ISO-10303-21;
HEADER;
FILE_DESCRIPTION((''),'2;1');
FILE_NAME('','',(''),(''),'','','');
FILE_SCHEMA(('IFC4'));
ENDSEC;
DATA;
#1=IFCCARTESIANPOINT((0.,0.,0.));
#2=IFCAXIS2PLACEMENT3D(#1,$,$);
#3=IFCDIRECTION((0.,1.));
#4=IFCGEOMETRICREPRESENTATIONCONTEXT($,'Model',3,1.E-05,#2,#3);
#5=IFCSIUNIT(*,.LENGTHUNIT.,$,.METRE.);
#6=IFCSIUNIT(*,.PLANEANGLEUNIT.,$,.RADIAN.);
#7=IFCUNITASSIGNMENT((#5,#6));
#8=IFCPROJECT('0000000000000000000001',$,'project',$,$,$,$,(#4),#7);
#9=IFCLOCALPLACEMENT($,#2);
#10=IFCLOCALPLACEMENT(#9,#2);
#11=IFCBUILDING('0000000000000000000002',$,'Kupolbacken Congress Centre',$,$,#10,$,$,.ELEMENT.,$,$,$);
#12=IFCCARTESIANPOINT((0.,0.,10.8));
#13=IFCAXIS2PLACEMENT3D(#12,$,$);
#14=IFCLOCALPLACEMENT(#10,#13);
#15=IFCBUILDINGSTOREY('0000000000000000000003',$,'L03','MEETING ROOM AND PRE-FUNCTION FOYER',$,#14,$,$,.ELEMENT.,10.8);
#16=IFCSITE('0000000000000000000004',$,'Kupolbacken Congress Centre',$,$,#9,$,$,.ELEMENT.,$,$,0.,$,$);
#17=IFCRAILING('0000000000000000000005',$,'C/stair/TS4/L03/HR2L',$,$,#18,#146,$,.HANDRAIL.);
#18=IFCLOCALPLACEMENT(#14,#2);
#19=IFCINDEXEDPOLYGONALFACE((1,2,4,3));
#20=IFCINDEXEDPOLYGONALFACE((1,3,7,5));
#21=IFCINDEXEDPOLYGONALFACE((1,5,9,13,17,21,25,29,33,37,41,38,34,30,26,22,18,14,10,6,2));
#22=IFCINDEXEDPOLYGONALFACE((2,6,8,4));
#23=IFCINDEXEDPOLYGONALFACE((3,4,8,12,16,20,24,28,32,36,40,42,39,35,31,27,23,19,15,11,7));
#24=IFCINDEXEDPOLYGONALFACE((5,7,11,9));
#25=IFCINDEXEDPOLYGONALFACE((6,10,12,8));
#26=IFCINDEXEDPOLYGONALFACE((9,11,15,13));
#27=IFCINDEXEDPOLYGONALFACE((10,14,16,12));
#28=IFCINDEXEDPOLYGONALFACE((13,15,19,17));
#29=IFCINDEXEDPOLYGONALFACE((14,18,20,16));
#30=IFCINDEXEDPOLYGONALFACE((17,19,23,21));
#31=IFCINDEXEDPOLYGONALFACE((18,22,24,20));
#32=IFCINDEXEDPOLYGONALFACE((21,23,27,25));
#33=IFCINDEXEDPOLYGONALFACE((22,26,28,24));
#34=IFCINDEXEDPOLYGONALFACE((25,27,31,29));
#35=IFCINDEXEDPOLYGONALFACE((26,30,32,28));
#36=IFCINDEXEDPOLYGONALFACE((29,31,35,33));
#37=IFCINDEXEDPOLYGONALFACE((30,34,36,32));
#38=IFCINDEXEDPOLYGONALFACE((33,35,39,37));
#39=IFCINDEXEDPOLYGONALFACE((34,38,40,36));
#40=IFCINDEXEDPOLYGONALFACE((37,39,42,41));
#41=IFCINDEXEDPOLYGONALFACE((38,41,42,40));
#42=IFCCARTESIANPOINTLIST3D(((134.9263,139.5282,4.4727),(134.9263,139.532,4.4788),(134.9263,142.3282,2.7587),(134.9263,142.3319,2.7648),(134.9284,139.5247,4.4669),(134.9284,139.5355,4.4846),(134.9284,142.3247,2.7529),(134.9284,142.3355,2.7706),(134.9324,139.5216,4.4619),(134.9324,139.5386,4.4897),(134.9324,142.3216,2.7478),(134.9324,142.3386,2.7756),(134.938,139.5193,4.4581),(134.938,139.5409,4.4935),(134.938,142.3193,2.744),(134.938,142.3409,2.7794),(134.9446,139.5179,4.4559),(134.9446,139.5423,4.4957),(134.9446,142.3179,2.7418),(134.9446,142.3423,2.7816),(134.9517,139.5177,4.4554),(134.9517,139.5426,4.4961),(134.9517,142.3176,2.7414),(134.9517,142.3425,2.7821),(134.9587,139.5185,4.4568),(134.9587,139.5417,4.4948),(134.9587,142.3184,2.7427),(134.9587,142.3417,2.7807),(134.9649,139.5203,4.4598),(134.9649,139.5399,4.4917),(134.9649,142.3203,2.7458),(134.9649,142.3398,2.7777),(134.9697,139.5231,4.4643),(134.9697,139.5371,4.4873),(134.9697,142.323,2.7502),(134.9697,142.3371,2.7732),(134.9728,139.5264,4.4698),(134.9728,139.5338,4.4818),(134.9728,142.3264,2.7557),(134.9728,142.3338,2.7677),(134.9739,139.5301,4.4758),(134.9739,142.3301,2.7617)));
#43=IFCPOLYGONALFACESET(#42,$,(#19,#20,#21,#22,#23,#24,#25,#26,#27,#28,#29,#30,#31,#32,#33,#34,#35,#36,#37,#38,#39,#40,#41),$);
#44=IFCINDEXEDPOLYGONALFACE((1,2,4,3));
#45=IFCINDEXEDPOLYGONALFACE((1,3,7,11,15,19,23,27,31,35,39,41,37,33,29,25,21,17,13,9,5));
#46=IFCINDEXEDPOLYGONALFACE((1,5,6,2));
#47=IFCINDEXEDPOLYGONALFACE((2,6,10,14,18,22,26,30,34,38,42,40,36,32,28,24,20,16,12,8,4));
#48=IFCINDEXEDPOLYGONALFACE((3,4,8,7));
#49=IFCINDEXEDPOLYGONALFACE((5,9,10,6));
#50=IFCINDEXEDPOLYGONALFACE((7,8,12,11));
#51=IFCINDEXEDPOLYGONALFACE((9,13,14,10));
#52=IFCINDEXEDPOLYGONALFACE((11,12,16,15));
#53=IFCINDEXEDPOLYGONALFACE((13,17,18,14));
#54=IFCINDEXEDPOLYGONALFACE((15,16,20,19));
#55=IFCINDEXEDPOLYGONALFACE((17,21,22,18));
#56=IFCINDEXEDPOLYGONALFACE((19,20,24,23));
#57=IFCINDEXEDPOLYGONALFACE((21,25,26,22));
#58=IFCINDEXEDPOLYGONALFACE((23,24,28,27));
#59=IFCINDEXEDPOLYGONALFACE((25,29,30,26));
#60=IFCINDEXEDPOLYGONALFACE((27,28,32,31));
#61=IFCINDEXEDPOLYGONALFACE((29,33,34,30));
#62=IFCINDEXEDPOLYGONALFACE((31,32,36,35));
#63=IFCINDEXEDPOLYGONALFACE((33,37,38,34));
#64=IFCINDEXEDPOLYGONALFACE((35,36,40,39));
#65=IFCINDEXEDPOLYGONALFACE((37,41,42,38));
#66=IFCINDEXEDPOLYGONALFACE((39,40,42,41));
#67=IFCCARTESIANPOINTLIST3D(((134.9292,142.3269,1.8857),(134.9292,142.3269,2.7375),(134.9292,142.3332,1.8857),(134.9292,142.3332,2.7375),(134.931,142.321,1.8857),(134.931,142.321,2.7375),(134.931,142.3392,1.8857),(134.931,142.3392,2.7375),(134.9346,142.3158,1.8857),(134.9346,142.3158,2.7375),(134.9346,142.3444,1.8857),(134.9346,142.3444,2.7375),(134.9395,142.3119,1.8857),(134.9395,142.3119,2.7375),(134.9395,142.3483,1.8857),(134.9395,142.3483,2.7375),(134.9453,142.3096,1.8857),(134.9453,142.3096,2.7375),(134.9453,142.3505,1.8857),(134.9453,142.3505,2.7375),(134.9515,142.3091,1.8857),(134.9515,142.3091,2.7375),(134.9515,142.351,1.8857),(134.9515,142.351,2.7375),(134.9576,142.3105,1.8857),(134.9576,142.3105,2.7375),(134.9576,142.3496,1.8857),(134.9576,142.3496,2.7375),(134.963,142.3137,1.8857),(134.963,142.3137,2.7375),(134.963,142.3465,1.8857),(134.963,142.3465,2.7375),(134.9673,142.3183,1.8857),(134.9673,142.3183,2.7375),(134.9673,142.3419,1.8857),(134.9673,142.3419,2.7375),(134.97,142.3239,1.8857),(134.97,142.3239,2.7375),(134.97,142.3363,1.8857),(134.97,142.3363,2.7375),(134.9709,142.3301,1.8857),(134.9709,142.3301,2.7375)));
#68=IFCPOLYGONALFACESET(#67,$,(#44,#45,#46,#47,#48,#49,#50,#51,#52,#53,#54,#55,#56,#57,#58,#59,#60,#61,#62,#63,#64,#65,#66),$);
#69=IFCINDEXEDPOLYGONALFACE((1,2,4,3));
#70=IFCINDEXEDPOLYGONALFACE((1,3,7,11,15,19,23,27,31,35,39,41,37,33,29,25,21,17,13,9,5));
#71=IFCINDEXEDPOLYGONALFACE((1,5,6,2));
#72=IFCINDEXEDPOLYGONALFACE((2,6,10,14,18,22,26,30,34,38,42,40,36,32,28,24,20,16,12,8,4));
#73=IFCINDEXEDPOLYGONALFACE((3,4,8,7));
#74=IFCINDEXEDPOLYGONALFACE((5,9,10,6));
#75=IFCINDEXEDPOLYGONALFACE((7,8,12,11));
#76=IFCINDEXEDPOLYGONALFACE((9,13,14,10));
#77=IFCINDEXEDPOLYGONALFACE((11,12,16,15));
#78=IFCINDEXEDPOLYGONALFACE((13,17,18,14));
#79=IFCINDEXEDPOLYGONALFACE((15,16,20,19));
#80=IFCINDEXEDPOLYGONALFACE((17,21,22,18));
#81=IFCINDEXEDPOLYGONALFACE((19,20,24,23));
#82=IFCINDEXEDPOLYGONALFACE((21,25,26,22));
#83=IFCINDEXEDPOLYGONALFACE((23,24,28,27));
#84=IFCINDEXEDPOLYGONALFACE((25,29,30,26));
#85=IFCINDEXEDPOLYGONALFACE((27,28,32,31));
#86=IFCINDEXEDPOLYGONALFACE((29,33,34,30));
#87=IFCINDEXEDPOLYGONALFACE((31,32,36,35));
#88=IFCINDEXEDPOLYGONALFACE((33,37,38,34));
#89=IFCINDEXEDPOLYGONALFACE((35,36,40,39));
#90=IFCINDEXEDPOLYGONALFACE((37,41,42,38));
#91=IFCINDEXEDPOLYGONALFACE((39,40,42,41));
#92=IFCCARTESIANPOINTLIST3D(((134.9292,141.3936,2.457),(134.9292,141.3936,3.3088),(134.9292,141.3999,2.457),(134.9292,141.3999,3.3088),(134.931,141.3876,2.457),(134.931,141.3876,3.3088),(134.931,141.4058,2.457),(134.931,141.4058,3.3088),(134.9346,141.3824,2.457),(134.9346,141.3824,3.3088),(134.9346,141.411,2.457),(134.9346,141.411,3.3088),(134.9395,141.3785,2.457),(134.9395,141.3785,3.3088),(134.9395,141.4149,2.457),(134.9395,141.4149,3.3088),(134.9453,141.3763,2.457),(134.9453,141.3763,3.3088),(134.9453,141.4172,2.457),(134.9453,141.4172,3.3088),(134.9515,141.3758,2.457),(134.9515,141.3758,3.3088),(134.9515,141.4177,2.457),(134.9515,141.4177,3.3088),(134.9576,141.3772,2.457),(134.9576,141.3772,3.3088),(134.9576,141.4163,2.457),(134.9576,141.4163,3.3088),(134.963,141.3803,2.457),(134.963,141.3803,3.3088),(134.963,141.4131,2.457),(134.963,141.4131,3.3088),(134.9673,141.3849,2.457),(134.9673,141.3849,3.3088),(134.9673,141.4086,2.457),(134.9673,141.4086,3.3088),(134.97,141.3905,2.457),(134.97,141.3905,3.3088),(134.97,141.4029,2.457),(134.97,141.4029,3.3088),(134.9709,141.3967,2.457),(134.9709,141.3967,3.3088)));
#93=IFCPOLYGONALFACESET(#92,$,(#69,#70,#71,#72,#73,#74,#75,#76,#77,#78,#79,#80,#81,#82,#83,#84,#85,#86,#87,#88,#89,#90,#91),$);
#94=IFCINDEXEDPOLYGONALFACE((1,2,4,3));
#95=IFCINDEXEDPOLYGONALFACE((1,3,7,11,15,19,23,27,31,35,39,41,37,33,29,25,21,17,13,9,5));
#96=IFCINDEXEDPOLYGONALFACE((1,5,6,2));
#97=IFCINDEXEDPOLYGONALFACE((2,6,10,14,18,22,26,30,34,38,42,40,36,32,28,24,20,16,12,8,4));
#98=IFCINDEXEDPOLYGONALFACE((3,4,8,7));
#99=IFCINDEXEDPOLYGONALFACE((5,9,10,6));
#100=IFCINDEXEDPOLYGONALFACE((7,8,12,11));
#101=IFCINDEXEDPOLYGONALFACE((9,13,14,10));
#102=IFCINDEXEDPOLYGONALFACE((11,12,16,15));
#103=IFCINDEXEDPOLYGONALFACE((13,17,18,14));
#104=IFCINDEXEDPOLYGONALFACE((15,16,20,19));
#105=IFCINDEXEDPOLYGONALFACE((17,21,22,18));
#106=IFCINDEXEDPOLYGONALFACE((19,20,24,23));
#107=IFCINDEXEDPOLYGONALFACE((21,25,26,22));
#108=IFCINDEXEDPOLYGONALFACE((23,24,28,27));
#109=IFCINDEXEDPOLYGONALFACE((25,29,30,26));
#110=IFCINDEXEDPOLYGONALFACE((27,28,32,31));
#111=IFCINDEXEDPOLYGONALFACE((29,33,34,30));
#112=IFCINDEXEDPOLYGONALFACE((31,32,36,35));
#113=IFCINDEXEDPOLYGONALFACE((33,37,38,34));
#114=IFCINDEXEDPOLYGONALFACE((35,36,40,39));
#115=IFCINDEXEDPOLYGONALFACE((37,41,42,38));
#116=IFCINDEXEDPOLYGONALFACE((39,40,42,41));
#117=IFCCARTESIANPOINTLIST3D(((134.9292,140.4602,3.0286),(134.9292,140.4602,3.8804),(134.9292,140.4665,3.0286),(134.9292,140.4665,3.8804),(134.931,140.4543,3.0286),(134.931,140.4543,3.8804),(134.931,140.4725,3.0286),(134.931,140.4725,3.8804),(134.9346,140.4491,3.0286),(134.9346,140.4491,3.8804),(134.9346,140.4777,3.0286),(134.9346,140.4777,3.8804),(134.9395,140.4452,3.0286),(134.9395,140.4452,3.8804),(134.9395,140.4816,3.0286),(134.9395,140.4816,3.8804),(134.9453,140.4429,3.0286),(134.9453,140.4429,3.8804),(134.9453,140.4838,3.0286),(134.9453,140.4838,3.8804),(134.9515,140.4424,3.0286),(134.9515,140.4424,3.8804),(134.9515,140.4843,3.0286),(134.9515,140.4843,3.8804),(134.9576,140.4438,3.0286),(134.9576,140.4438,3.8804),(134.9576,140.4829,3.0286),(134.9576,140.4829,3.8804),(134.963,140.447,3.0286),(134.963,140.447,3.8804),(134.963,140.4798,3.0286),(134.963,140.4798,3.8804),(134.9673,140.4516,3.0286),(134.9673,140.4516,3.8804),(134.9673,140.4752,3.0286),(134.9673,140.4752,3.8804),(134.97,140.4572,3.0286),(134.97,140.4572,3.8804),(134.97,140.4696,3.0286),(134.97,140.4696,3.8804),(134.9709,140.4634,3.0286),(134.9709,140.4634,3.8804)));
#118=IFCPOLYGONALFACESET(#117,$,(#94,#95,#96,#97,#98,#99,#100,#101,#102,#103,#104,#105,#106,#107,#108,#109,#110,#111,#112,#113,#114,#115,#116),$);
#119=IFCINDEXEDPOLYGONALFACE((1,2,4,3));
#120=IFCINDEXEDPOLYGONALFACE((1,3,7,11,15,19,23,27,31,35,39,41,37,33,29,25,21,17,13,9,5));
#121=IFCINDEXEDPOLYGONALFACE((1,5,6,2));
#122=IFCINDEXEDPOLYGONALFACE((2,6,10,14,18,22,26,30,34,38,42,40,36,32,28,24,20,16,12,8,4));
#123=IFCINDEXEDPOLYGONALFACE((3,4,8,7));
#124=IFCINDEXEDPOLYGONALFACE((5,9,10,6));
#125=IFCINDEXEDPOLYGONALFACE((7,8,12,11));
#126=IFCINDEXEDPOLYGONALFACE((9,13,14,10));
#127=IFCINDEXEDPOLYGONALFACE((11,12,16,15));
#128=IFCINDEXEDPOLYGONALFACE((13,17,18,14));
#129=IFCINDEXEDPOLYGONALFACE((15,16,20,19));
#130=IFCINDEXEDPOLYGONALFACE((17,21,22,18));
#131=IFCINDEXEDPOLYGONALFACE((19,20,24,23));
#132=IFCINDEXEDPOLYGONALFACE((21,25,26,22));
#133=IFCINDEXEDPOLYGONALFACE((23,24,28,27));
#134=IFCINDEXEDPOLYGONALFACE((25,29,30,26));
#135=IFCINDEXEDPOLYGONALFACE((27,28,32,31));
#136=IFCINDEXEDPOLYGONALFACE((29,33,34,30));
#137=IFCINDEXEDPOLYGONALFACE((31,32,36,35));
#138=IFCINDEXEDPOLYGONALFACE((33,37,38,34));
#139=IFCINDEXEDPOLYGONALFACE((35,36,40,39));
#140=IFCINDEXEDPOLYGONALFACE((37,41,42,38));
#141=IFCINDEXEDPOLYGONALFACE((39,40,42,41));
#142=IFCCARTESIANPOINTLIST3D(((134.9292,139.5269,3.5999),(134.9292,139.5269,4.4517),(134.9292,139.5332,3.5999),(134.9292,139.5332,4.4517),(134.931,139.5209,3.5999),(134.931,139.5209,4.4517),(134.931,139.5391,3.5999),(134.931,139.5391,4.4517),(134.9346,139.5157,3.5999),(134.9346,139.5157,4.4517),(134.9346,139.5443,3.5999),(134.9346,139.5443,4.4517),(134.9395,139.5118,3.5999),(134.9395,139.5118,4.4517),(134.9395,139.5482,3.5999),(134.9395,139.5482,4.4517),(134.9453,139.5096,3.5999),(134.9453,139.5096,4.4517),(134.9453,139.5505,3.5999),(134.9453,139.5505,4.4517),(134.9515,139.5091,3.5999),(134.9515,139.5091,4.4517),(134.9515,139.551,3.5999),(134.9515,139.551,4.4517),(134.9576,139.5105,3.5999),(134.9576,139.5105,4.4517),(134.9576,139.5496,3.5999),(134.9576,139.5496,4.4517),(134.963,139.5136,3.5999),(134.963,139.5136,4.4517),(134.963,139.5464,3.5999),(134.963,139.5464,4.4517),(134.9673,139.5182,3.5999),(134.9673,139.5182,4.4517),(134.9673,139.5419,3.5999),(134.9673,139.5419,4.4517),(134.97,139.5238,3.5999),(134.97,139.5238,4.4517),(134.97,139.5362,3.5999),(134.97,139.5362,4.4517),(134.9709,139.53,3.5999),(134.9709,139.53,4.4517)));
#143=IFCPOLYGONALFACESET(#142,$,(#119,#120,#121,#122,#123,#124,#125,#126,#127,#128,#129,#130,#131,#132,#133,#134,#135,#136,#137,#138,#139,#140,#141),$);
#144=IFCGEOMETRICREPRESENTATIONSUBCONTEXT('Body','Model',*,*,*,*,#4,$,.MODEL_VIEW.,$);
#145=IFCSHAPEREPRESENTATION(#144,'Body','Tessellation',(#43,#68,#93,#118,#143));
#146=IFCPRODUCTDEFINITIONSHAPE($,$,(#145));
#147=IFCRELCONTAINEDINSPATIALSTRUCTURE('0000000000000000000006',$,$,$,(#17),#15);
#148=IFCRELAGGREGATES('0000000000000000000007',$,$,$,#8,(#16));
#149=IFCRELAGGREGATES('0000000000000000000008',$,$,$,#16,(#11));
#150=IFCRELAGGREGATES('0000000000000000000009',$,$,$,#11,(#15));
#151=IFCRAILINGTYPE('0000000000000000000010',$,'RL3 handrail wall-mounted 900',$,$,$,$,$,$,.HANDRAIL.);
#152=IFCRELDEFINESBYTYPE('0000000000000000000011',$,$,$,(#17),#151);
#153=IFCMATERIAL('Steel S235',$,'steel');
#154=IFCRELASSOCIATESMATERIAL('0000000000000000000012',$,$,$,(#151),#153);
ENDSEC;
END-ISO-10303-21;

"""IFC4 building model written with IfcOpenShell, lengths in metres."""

from ifc_helpers import new_model, si_unit, direction, frame, origin, origin_2d, place, context, subcontext, project, spatial, circle, extrude, material, type_object, element, save


model = new_model("IFC4")

# Units and contexts
model_context = context("Model", 3, precision=1e-05, world=origin(), true_north=direction((0.0, 1.0)))
body_context = subcontext(model_context, "Body", "Model", "MODEL_VIEW")
ifc_project = project(units=[si_unit("LENGTHUNIT", "METRE"), si_unit("PLANEANGLEUNIT", "RADIAN")], contexts=[model_context])

# Site, building, storey
site_placement = place(None, origin())
site = spatial("IfcSite", under=ifc_project, at=site_placement, Name="Kupolbacken Congress Centre", CompositionType="ELEMENT", RefElevation=0.0)
building_placement = place(site_placement, origin())
building = spatial("IfcBuilding", under=site, at=building_placement, Name="Kupolbacken Congress Centre", CompositionType="ELEMENT")
storey_placement = place(building_placement, frame((0.0, 0.0, 10.8)))
storey = spatial("IfcBuildingStorey", under=building, at=storey_placement, Name="L03", Description="MEETING ROOM AND PRE-FUNCTION FOYER", CompositionType="ELEMENT", Elevation=10.8)

# Railing
ifc_material_1 = material(Name="Steel S235", Category="steel")
railing_type = type_object("IfcRailingType", Name="RL3 handrail wall-mounted 900", PredefinedType="HANDRAIL", material=ifc_material_1)
for number, where, name in (
    (1, (134.95, 142.3301, 1.8857), "C/stair/TS4/L03/HR2L"),
):
    element("IfcRailing", number, at=place(storey_placement, frame(where)), inside=storey, type_object=railing_type, Name=name, PredefinedType="HANDRAIL", context=body_context, shape_type="SweptSolid", body=[
        extrude(circle(Radius=0.0239, at=origin_2d()), frame((0.0, 0.0, 0.876), z_axis=(0.0, -0.852879, 0.522109), x_axis=(1.0, 0.0, 0.0)), (0.0, 0.0, 1.0), 3.283),
        extrude(circle(Radius=0.021, at=origin_2d()), origin(), (0.0, 0.0, 1.0), 0.8518),
        extrude(circle(Radius=0.021, at=origin_2d()), frame((0.0, -0.9333, 0.5713)), (0.0, 0.0, 1.0), 0.8518),
        extrude(circle(Radius=0.021, at=origin_2d()), frame((0.0, -1.8667, 1.1428)), (0.0, 0.0, 1.0), 0.8518),
        extrude(circle(Radius=0.021, at=origin_2d()), frame((0.0, -2.8, 1.7141)), (0.0, 0.0, 1.0), 0.8518),
    ])

save(model, "model.ifc")
